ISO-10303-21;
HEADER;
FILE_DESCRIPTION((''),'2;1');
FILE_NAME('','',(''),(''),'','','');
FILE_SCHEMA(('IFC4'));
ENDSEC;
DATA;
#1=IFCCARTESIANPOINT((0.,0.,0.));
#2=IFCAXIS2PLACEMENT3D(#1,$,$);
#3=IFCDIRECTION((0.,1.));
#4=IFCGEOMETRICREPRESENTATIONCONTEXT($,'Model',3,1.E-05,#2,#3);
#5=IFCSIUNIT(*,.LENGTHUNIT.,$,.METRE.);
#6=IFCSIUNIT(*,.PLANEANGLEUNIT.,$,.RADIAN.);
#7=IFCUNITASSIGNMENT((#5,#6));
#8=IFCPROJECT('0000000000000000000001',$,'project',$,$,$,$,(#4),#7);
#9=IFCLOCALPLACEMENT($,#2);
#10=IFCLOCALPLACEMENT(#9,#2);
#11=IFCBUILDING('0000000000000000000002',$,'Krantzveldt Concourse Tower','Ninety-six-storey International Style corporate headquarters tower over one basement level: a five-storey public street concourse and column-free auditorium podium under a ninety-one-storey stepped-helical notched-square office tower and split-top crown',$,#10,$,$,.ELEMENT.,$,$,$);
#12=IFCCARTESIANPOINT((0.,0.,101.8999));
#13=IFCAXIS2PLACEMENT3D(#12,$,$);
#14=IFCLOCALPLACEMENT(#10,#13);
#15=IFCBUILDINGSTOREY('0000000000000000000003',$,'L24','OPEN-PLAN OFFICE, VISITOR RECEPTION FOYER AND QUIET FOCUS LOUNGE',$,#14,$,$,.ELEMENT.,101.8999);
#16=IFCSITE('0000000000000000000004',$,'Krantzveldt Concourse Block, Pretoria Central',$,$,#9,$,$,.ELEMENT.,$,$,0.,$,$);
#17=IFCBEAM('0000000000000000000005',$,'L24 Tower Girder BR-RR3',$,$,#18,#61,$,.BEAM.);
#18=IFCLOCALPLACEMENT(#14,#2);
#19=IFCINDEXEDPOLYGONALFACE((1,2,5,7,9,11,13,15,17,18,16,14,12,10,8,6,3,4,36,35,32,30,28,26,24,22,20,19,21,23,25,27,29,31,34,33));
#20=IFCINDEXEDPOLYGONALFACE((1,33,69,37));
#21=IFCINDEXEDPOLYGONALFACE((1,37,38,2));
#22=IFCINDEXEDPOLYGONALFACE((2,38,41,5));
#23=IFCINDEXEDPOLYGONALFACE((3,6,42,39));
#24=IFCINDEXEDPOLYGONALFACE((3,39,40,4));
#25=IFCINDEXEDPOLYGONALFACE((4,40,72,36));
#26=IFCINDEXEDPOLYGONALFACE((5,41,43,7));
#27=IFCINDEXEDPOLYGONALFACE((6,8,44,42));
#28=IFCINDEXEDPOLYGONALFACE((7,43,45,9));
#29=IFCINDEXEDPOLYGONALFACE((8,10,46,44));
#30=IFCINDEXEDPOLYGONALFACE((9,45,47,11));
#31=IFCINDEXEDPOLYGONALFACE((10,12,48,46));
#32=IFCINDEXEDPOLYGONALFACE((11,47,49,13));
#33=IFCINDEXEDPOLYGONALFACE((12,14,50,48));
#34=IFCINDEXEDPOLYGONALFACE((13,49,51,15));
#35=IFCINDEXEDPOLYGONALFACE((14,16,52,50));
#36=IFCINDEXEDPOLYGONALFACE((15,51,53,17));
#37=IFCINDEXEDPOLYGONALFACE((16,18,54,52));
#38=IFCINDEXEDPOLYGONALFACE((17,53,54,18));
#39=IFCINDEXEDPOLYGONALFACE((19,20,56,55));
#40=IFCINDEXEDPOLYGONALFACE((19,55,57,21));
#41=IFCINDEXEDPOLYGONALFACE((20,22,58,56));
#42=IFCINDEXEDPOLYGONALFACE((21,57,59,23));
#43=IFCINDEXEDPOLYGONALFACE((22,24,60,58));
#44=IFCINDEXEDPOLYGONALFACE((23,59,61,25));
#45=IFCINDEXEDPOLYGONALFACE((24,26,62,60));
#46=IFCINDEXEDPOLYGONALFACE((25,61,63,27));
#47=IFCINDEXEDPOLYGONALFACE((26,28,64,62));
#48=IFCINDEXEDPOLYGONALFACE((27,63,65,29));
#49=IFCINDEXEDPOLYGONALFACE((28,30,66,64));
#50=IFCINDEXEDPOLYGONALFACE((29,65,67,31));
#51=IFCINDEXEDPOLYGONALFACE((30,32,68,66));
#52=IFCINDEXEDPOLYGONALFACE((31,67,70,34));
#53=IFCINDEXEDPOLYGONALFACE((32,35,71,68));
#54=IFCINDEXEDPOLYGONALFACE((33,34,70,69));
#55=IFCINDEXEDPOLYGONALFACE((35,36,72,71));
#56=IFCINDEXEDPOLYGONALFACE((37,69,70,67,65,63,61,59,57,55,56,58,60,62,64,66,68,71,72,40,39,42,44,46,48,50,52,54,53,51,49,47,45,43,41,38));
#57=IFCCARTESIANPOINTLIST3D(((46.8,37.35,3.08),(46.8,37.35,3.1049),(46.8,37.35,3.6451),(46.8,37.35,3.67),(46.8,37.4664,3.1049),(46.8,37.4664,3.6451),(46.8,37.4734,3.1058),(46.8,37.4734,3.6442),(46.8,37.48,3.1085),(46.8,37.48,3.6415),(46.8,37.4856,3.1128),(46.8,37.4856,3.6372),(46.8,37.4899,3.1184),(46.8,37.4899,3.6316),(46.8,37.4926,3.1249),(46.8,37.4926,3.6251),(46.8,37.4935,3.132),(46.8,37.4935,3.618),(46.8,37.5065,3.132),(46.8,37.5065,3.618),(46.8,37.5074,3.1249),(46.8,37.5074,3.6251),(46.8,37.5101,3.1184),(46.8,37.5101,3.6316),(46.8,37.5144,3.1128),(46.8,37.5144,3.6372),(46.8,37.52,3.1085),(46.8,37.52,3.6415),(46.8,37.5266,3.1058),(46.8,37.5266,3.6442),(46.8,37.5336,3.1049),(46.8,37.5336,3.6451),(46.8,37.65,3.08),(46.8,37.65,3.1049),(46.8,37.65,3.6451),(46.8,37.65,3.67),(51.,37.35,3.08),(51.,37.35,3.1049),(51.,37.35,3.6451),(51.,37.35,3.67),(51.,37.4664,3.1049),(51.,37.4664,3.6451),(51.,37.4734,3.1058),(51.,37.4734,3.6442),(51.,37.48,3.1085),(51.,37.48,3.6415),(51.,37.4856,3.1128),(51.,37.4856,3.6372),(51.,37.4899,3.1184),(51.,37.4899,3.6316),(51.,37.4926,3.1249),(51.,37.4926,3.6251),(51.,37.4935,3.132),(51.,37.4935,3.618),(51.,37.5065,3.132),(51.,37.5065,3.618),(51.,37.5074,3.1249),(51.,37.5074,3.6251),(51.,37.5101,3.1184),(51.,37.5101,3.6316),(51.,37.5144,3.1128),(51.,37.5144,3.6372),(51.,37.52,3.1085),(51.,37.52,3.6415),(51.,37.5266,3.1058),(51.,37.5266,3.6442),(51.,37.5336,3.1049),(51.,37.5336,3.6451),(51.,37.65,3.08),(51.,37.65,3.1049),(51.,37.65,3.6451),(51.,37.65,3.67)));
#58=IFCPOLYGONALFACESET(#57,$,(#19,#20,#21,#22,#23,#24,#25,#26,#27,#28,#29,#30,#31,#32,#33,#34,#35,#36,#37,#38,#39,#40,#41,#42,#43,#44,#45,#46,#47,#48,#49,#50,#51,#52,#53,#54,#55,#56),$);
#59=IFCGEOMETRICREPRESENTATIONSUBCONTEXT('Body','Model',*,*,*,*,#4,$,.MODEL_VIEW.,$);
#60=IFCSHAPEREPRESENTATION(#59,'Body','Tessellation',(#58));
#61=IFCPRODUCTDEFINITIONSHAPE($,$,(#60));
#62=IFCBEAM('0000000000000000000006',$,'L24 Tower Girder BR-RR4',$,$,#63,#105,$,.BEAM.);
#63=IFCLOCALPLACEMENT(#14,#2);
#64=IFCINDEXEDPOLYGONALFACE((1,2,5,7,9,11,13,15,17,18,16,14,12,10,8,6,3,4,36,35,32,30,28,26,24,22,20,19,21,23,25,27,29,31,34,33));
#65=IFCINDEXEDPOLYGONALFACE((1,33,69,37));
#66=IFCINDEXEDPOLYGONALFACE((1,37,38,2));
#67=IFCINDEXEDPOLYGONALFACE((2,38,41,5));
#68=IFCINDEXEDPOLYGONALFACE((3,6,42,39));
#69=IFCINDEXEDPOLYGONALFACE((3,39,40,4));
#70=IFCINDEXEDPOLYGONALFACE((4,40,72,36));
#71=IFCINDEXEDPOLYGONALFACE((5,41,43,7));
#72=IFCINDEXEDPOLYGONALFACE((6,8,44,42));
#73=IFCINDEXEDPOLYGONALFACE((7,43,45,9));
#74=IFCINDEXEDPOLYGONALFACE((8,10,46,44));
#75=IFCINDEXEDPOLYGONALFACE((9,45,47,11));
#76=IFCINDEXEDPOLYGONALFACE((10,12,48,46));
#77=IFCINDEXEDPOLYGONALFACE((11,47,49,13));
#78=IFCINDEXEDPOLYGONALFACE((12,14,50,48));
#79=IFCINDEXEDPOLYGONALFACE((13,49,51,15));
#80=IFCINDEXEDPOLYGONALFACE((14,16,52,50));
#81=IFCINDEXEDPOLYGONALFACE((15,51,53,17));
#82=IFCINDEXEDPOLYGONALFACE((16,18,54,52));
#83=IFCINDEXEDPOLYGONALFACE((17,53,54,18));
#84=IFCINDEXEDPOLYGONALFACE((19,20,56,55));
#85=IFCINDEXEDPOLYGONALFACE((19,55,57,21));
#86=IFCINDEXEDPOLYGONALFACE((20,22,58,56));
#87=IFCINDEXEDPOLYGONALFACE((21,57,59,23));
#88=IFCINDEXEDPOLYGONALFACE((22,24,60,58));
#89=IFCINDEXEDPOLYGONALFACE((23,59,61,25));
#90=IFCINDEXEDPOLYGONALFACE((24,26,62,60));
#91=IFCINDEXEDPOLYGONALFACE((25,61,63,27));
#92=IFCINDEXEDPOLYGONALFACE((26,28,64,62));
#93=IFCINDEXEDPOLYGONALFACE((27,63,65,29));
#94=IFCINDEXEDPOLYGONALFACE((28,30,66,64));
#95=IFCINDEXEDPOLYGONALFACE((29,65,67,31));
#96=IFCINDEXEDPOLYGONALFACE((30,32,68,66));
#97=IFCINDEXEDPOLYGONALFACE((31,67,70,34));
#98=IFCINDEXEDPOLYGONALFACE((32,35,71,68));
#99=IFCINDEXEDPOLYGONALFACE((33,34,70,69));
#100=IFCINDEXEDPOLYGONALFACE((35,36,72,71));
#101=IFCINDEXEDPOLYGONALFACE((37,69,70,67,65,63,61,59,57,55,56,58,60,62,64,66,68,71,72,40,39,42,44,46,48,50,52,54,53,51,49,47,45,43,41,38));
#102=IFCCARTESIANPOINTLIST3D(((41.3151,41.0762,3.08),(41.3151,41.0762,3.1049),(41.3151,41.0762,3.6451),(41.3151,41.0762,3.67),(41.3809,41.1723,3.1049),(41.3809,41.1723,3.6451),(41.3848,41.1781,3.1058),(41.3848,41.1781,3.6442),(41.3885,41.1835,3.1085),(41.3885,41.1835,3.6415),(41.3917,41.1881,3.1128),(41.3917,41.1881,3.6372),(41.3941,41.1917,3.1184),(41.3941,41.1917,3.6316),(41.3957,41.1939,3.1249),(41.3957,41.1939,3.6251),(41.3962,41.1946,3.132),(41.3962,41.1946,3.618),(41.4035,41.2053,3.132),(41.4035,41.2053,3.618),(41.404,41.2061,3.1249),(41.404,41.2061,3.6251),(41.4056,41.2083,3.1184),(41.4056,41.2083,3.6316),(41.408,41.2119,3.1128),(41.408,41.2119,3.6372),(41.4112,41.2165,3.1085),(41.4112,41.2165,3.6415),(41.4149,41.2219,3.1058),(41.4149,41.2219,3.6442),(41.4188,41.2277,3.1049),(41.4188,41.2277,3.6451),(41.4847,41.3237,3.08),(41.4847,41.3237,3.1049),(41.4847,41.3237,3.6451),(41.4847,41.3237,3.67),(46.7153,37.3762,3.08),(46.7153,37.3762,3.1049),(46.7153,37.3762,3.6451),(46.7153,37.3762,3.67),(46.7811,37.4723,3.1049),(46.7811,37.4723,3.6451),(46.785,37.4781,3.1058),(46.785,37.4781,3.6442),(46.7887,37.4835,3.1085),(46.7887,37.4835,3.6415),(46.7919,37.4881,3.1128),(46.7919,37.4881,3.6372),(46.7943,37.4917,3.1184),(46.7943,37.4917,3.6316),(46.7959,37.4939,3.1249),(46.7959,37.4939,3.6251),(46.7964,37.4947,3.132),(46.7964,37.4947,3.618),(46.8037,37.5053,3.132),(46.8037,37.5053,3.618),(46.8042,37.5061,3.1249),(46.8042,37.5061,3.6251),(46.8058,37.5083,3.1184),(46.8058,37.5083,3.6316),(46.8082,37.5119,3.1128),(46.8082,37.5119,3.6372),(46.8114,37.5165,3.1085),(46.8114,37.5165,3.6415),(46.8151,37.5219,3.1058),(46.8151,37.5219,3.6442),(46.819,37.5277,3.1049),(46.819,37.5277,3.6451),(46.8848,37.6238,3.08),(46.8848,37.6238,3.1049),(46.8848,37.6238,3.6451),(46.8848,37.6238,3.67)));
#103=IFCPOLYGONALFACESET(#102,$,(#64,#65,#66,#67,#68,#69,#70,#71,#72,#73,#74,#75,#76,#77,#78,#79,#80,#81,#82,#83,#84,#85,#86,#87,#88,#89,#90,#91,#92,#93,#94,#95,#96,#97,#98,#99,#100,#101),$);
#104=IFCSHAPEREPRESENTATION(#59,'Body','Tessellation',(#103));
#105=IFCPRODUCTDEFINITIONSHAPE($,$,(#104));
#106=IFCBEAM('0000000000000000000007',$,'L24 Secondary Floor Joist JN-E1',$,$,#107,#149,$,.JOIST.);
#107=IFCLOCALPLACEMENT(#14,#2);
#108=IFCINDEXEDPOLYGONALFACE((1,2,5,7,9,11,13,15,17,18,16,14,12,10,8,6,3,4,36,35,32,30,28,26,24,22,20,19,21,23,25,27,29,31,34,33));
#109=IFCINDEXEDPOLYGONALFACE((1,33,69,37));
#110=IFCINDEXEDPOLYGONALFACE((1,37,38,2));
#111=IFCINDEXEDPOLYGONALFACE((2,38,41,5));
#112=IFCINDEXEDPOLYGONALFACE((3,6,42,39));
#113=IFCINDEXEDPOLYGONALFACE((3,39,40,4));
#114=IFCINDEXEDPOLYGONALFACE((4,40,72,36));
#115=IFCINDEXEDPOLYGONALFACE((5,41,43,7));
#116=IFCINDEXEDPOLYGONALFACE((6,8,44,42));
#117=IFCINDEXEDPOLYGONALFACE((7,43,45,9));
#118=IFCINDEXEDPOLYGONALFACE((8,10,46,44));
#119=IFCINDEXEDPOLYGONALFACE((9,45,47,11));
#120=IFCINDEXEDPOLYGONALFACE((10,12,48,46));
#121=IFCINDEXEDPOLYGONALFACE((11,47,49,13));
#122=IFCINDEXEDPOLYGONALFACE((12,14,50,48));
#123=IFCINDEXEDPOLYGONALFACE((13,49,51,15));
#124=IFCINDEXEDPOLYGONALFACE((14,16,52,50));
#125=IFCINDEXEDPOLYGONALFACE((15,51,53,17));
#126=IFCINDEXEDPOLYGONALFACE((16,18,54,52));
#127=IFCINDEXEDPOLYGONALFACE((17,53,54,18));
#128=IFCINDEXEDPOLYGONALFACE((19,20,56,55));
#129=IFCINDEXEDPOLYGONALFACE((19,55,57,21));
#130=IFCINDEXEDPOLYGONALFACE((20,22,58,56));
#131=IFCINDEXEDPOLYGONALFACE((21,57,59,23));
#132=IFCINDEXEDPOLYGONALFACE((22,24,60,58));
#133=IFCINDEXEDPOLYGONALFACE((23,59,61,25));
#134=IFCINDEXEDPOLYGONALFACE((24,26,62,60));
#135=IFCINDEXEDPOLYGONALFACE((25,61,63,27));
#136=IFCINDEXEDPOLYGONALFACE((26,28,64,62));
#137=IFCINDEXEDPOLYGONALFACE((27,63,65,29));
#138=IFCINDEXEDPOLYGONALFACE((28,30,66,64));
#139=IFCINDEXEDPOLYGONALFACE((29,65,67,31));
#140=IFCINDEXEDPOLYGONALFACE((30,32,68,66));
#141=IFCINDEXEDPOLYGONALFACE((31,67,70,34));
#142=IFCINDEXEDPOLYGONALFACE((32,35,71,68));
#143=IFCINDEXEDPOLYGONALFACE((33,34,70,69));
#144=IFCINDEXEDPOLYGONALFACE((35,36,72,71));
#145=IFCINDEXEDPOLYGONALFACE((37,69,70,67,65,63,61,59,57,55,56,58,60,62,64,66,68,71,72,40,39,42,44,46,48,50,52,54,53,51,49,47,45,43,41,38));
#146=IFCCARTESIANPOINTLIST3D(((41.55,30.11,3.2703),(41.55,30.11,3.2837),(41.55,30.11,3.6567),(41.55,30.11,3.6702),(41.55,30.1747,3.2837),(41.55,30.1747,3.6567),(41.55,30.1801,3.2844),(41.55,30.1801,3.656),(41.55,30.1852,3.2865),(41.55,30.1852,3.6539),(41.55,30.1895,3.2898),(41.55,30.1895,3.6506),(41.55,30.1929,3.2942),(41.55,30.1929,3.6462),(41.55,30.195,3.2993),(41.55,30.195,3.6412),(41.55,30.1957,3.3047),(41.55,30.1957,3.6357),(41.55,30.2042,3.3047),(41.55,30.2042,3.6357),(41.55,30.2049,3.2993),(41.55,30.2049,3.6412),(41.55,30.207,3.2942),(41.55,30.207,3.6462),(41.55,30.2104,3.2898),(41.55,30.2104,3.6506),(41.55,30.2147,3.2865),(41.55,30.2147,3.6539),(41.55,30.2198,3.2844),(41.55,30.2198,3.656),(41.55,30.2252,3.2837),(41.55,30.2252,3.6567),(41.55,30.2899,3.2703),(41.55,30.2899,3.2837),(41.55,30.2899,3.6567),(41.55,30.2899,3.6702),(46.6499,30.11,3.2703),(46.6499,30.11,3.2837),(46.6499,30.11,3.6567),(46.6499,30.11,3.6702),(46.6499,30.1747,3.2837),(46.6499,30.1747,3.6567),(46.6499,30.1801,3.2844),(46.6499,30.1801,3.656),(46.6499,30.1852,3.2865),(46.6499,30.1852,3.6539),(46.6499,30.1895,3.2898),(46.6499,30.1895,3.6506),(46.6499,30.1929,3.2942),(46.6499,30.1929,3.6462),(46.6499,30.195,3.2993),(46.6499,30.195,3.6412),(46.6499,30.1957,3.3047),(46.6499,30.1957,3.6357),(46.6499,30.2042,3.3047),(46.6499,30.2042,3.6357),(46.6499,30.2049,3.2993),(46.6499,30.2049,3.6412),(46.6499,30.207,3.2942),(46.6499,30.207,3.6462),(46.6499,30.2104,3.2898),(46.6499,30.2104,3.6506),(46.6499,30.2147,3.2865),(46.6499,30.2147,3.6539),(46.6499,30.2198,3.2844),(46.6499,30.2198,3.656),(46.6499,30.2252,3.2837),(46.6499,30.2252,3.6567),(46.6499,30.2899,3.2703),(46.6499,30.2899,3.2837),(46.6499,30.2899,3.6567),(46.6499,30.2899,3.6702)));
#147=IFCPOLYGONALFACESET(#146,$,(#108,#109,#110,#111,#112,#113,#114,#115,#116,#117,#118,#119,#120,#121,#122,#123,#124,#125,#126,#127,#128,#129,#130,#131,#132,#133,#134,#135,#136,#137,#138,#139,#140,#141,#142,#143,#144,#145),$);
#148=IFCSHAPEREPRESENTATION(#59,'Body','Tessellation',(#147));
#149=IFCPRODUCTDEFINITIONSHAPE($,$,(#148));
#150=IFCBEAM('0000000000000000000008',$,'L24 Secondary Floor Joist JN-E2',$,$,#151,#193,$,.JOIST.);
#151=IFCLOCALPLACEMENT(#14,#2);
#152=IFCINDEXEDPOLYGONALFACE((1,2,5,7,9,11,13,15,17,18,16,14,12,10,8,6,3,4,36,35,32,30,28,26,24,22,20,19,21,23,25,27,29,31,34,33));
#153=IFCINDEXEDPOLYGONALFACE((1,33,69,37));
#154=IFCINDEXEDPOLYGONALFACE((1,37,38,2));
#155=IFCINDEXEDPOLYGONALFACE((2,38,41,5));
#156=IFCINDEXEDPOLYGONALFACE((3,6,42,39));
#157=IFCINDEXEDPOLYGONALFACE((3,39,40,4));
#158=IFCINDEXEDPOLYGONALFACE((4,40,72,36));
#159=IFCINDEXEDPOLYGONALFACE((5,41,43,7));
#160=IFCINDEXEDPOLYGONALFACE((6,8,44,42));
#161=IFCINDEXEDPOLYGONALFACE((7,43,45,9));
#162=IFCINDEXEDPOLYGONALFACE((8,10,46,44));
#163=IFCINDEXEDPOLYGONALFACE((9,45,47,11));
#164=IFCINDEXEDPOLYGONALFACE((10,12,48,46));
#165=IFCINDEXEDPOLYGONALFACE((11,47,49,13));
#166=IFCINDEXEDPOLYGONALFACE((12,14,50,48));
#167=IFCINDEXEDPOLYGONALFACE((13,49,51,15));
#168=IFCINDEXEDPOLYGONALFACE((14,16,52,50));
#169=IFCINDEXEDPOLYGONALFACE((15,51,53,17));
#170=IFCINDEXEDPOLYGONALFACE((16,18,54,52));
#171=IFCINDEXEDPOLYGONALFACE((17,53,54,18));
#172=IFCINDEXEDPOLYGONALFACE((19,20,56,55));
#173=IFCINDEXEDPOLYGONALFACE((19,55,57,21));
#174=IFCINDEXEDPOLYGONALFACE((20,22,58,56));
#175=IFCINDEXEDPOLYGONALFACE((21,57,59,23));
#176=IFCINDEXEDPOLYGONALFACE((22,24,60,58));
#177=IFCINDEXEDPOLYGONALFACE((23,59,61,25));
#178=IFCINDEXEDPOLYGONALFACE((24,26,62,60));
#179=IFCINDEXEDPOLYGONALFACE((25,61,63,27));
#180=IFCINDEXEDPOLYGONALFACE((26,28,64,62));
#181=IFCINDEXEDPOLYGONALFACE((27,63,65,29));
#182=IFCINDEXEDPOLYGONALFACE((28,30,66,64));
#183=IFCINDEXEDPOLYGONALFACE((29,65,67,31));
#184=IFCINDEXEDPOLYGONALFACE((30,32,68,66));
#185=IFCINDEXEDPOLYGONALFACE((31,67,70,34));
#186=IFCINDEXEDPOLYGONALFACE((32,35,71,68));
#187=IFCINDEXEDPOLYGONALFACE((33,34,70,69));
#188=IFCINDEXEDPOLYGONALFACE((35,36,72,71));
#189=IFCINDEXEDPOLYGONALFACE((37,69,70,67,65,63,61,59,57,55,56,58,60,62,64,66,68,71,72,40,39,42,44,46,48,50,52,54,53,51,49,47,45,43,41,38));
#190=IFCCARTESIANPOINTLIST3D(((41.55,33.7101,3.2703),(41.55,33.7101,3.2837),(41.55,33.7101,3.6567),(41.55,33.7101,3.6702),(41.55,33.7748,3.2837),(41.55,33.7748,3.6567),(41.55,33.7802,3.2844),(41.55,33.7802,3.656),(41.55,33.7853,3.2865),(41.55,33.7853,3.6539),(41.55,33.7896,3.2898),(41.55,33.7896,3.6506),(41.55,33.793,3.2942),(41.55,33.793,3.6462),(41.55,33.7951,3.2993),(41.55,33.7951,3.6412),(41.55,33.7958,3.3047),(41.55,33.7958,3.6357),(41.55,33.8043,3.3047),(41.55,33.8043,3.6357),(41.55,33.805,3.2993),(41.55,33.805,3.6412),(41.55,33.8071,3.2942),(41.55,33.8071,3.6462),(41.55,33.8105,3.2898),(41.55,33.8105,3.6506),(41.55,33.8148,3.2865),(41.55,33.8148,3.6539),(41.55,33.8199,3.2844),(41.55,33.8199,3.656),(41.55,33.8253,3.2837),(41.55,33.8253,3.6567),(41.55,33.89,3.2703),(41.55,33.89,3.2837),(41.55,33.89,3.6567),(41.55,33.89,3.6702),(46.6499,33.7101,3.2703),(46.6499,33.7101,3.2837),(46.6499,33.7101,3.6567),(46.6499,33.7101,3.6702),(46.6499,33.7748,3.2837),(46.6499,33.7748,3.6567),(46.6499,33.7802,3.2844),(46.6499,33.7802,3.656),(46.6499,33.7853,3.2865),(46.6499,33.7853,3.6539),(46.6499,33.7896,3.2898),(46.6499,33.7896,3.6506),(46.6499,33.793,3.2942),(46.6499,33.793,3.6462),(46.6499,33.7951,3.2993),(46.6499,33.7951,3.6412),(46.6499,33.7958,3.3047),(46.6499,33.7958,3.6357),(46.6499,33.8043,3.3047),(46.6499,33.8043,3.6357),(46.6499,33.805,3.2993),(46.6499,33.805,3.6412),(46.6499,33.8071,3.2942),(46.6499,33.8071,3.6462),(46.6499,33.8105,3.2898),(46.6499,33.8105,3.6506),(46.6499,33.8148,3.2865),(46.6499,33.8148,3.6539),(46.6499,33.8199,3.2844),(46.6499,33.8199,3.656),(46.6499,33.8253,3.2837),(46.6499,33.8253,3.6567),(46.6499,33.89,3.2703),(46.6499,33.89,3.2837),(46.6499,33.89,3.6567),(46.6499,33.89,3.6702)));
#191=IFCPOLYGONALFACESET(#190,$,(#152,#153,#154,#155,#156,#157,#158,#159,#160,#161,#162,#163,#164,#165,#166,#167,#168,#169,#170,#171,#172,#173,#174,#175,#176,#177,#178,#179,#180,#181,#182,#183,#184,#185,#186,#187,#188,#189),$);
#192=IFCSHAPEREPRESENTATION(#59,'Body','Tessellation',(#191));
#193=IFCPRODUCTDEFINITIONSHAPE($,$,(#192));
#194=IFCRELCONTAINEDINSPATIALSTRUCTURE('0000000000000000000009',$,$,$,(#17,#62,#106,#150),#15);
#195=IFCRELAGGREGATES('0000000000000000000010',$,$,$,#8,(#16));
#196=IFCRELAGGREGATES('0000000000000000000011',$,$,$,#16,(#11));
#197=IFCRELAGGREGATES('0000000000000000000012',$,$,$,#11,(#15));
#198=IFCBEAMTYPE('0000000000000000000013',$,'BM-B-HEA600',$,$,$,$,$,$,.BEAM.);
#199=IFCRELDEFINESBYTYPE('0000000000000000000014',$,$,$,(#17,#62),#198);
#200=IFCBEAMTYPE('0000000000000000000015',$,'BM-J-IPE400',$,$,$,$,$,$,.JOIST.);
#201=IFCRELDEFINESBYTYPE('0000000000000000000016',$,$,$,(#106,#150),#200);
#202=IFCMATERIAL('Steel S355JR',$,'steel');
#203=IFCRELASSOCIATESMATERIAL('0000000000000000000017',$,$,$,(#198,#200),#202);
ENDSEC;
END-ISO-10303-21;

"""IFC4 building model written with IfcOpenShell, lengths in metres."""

from ifc_helpers import new_model, si_unit, direction, frame, origin, origin_2d, place, context, subcontext, project, spatial, i_section, extrude, source, transform, mapped, material, material_profile, profile_set, type_object, type_shapes, element, save


model = new_model("IFC4")

# Units and contexts
model_context = context("Model", 3, precision=1e-05, world=origin(), true_north=direction((0.0, 1.0)))
body_context = subcontext(model_context, "Body", "Model", "MODEL_VIEW")
ifc_project = project(units=[si_unit("LENGTHUNIT", "METRE"), si_unit("PLANEANGLEUNIT", "RADIAN")], contexts=[model_context])

# Site, building, storey
site_placement = place(None, origin())
site = spatial("IfcSite", under=ifc_project, at=site_placement, Name="Krantzveldt Concourse Block, Pretoria Central", CompositionType="ELEMENT", RefElevation=0.0)
building_placement = place(site_placement, origin())
building = spatial("IfcBuilding", under=site, at=building_placement, Name="Krantzveldt Concourse Tower", Description="Ninety-six-storey International Style corporate headquarters tower over one basement level: a five-storey public street concourse and column-free auditorium podium under a ninety-one-storey stepped-helical notched-square office tower and split-top crown", CompositionType="ELEMENT")
storey_placement = place(building_placement, frame((0.0, 0.0, 101.8999)))
storey = spatial("IfcBuildingStorey", under=building, at=storey_placement, Name="L24", Description="OPEN-PLAN OFFICE, VISITOR RECEPTION FOYER AND QUIET FOCUS LOUNGE", CompositionType="ELEMENT", Elevation=101.8999)

# Beams
ifc_material_1 = material(Name="Steel S355JR", Category="steel")
ifc_material_profile_1 = material_profile(ifc_material_1, i_section(OverallWidth=0.3, OverallDepth=0.5901, WebThickness=0.0129, FlangeThickness=0.0249, FilletRadius=0.0271, at=origin_2d()), Name="Steel S355JR", Category="steel")
ifc_profile_set_1 = profile_set([ifc_material_profile_1], Name="Steel S355JR - HEA 600")
beam_type_1 = type_object("IfcBeamType", Name="BM-B-HEA600", PredefinedType="BEAM", material=ifc_profile_set_1)
shared_shape_1 = source(origin(), body_context, "Body", "SweptSolid", [
    extrude(i_section(OverallWidth=0.3, OverallDepth=0.5901, WebThickness=0.0129, FlangeThickness=0.0249, FilletRadius=0.0271, at=origin_2d()), origin(), (0.0, 0.0, 1.0), 4.2),
])
beam_1_placement = place(storey_placement, frame((46.8, 37.5, 3.375), z_axis=(1.0, 0.0, 0.0), x_axis=(0.0, 1.0, 0.0)))
element("IfcBeam", 1, at=beam_1_placement, inside=storey, type_object=beam_type_1, Name="L24 Tower Girder BR-RR3", PredefinedType="BEAM", context=body_context, shape_type="MappedRepresentation", body=[
    mapped(shared_shape_1, transform((0.0, 0.0, 0.0), x_axis=(1.0, 0.0, 0.0), y_axis=(0.0, 1.0, 0.0), z_axis=(0.0, 0.0, 1.0), scale=1.0)),
])
shared_shape_2 = source(origin(), body_context, "Body", "SweptSolid", [
    extrude(i_section(OverallWidth=0.3, OverallDepth=0.5901, WebThickness=0.0129, FlangeThickness=0.0249, FilletRadius=0.0271, at=origin_2d()), origin(), (0.0, 0.0, 1.0), 6.5461),
])
beam_2_placement = place(storey_placement, frame((46.8, 37.5, 3.375), z_axis=(-0.824943, 0.565216, 0.0), x_axis=(-0.565216, -0.824943, 0.0)))
element("IfcBeam", 2, at=beam_2_placement, inside=storey, type_object=beam_type_1, Name="L24 Tower Girder BR-RR4", PredefinedType="BEAM", context=body_context, shape_type="MappedRepresentation", body=[
    mapped(shared_shape_2, transform((0.0, 0.0, 0.0), x_axis=(1.0, 0.0, 0.0), y_axis=(0.0, 1.0, 0.0), z_axis=(0.0, 0.0, 1.0), scale=1.0)),
])
ifc_material_profile_2 = material_profile(ifc_material_1, i_section(OverallWidth=0.1799, OverallDepth=0.3999, WebThickness=0.0085, FlangeThickness=0.0134, FilletRadius=0.021, at=origin_2d()), Name="Steel S355JR", Category="steel")
ifc_profile_set_2 = profile_set([ifc_material_profile_2], Name="Steel S355JR - IPE 400")
beam_type_2 = type_object("IfcBeamType", Name="BM-J-IPE400", PredefinedType="JOIST", material=ifc_profile_set_2)
shared_shape_3 = source(origin(), body_context, "Body", "SweptSolid", [
    extrude(i_section(OverallWidth=0.1799, OverallDepth=0.3999, WebThickness=0.0085, FlangeThickness=0.0134, FilletRadius=0.021, at=origin_2d()), origin(), (0.0, 0.0, 1.0), 5.0999),
])
type_shapes(beam_type_2, [shared_shape_3])
for number, where, z_axis, x_axis, name in (
    (3, (41.55, 30.2, 3.4702), (1.0, 0.0, 0.0), (0.0, 1.0, 0.0), "L24 Secondary Floor Joist JN-E1"),
    (4, (41.55, 33.8, 3.4702), (1.0, 0.0, 0.0), (0.0, 1.0, 0.0), "L24 Secondary Floor Joist JN-E2"),
):
    element("IfcBeam", number, at=place(storey_placement, frame(where, z_axis=z_axis, x_axis=x_axis)), inside=storey, type_object=beam_type_2, Name=name, PredefinedType="JOIST", context=body_context, shape_type="MappedRepresentation", body=[
        mapped(shared_shape_3, transform((0.0, 0.0, 0.0), x_axis=(1.0, 0.0, 0.0), y_axis=(0.0, 1.0, 0.0), z_axis=(0.0, 0.0, 1.0), scale=1.0)),
    ])

save(model, "model.ifc")
